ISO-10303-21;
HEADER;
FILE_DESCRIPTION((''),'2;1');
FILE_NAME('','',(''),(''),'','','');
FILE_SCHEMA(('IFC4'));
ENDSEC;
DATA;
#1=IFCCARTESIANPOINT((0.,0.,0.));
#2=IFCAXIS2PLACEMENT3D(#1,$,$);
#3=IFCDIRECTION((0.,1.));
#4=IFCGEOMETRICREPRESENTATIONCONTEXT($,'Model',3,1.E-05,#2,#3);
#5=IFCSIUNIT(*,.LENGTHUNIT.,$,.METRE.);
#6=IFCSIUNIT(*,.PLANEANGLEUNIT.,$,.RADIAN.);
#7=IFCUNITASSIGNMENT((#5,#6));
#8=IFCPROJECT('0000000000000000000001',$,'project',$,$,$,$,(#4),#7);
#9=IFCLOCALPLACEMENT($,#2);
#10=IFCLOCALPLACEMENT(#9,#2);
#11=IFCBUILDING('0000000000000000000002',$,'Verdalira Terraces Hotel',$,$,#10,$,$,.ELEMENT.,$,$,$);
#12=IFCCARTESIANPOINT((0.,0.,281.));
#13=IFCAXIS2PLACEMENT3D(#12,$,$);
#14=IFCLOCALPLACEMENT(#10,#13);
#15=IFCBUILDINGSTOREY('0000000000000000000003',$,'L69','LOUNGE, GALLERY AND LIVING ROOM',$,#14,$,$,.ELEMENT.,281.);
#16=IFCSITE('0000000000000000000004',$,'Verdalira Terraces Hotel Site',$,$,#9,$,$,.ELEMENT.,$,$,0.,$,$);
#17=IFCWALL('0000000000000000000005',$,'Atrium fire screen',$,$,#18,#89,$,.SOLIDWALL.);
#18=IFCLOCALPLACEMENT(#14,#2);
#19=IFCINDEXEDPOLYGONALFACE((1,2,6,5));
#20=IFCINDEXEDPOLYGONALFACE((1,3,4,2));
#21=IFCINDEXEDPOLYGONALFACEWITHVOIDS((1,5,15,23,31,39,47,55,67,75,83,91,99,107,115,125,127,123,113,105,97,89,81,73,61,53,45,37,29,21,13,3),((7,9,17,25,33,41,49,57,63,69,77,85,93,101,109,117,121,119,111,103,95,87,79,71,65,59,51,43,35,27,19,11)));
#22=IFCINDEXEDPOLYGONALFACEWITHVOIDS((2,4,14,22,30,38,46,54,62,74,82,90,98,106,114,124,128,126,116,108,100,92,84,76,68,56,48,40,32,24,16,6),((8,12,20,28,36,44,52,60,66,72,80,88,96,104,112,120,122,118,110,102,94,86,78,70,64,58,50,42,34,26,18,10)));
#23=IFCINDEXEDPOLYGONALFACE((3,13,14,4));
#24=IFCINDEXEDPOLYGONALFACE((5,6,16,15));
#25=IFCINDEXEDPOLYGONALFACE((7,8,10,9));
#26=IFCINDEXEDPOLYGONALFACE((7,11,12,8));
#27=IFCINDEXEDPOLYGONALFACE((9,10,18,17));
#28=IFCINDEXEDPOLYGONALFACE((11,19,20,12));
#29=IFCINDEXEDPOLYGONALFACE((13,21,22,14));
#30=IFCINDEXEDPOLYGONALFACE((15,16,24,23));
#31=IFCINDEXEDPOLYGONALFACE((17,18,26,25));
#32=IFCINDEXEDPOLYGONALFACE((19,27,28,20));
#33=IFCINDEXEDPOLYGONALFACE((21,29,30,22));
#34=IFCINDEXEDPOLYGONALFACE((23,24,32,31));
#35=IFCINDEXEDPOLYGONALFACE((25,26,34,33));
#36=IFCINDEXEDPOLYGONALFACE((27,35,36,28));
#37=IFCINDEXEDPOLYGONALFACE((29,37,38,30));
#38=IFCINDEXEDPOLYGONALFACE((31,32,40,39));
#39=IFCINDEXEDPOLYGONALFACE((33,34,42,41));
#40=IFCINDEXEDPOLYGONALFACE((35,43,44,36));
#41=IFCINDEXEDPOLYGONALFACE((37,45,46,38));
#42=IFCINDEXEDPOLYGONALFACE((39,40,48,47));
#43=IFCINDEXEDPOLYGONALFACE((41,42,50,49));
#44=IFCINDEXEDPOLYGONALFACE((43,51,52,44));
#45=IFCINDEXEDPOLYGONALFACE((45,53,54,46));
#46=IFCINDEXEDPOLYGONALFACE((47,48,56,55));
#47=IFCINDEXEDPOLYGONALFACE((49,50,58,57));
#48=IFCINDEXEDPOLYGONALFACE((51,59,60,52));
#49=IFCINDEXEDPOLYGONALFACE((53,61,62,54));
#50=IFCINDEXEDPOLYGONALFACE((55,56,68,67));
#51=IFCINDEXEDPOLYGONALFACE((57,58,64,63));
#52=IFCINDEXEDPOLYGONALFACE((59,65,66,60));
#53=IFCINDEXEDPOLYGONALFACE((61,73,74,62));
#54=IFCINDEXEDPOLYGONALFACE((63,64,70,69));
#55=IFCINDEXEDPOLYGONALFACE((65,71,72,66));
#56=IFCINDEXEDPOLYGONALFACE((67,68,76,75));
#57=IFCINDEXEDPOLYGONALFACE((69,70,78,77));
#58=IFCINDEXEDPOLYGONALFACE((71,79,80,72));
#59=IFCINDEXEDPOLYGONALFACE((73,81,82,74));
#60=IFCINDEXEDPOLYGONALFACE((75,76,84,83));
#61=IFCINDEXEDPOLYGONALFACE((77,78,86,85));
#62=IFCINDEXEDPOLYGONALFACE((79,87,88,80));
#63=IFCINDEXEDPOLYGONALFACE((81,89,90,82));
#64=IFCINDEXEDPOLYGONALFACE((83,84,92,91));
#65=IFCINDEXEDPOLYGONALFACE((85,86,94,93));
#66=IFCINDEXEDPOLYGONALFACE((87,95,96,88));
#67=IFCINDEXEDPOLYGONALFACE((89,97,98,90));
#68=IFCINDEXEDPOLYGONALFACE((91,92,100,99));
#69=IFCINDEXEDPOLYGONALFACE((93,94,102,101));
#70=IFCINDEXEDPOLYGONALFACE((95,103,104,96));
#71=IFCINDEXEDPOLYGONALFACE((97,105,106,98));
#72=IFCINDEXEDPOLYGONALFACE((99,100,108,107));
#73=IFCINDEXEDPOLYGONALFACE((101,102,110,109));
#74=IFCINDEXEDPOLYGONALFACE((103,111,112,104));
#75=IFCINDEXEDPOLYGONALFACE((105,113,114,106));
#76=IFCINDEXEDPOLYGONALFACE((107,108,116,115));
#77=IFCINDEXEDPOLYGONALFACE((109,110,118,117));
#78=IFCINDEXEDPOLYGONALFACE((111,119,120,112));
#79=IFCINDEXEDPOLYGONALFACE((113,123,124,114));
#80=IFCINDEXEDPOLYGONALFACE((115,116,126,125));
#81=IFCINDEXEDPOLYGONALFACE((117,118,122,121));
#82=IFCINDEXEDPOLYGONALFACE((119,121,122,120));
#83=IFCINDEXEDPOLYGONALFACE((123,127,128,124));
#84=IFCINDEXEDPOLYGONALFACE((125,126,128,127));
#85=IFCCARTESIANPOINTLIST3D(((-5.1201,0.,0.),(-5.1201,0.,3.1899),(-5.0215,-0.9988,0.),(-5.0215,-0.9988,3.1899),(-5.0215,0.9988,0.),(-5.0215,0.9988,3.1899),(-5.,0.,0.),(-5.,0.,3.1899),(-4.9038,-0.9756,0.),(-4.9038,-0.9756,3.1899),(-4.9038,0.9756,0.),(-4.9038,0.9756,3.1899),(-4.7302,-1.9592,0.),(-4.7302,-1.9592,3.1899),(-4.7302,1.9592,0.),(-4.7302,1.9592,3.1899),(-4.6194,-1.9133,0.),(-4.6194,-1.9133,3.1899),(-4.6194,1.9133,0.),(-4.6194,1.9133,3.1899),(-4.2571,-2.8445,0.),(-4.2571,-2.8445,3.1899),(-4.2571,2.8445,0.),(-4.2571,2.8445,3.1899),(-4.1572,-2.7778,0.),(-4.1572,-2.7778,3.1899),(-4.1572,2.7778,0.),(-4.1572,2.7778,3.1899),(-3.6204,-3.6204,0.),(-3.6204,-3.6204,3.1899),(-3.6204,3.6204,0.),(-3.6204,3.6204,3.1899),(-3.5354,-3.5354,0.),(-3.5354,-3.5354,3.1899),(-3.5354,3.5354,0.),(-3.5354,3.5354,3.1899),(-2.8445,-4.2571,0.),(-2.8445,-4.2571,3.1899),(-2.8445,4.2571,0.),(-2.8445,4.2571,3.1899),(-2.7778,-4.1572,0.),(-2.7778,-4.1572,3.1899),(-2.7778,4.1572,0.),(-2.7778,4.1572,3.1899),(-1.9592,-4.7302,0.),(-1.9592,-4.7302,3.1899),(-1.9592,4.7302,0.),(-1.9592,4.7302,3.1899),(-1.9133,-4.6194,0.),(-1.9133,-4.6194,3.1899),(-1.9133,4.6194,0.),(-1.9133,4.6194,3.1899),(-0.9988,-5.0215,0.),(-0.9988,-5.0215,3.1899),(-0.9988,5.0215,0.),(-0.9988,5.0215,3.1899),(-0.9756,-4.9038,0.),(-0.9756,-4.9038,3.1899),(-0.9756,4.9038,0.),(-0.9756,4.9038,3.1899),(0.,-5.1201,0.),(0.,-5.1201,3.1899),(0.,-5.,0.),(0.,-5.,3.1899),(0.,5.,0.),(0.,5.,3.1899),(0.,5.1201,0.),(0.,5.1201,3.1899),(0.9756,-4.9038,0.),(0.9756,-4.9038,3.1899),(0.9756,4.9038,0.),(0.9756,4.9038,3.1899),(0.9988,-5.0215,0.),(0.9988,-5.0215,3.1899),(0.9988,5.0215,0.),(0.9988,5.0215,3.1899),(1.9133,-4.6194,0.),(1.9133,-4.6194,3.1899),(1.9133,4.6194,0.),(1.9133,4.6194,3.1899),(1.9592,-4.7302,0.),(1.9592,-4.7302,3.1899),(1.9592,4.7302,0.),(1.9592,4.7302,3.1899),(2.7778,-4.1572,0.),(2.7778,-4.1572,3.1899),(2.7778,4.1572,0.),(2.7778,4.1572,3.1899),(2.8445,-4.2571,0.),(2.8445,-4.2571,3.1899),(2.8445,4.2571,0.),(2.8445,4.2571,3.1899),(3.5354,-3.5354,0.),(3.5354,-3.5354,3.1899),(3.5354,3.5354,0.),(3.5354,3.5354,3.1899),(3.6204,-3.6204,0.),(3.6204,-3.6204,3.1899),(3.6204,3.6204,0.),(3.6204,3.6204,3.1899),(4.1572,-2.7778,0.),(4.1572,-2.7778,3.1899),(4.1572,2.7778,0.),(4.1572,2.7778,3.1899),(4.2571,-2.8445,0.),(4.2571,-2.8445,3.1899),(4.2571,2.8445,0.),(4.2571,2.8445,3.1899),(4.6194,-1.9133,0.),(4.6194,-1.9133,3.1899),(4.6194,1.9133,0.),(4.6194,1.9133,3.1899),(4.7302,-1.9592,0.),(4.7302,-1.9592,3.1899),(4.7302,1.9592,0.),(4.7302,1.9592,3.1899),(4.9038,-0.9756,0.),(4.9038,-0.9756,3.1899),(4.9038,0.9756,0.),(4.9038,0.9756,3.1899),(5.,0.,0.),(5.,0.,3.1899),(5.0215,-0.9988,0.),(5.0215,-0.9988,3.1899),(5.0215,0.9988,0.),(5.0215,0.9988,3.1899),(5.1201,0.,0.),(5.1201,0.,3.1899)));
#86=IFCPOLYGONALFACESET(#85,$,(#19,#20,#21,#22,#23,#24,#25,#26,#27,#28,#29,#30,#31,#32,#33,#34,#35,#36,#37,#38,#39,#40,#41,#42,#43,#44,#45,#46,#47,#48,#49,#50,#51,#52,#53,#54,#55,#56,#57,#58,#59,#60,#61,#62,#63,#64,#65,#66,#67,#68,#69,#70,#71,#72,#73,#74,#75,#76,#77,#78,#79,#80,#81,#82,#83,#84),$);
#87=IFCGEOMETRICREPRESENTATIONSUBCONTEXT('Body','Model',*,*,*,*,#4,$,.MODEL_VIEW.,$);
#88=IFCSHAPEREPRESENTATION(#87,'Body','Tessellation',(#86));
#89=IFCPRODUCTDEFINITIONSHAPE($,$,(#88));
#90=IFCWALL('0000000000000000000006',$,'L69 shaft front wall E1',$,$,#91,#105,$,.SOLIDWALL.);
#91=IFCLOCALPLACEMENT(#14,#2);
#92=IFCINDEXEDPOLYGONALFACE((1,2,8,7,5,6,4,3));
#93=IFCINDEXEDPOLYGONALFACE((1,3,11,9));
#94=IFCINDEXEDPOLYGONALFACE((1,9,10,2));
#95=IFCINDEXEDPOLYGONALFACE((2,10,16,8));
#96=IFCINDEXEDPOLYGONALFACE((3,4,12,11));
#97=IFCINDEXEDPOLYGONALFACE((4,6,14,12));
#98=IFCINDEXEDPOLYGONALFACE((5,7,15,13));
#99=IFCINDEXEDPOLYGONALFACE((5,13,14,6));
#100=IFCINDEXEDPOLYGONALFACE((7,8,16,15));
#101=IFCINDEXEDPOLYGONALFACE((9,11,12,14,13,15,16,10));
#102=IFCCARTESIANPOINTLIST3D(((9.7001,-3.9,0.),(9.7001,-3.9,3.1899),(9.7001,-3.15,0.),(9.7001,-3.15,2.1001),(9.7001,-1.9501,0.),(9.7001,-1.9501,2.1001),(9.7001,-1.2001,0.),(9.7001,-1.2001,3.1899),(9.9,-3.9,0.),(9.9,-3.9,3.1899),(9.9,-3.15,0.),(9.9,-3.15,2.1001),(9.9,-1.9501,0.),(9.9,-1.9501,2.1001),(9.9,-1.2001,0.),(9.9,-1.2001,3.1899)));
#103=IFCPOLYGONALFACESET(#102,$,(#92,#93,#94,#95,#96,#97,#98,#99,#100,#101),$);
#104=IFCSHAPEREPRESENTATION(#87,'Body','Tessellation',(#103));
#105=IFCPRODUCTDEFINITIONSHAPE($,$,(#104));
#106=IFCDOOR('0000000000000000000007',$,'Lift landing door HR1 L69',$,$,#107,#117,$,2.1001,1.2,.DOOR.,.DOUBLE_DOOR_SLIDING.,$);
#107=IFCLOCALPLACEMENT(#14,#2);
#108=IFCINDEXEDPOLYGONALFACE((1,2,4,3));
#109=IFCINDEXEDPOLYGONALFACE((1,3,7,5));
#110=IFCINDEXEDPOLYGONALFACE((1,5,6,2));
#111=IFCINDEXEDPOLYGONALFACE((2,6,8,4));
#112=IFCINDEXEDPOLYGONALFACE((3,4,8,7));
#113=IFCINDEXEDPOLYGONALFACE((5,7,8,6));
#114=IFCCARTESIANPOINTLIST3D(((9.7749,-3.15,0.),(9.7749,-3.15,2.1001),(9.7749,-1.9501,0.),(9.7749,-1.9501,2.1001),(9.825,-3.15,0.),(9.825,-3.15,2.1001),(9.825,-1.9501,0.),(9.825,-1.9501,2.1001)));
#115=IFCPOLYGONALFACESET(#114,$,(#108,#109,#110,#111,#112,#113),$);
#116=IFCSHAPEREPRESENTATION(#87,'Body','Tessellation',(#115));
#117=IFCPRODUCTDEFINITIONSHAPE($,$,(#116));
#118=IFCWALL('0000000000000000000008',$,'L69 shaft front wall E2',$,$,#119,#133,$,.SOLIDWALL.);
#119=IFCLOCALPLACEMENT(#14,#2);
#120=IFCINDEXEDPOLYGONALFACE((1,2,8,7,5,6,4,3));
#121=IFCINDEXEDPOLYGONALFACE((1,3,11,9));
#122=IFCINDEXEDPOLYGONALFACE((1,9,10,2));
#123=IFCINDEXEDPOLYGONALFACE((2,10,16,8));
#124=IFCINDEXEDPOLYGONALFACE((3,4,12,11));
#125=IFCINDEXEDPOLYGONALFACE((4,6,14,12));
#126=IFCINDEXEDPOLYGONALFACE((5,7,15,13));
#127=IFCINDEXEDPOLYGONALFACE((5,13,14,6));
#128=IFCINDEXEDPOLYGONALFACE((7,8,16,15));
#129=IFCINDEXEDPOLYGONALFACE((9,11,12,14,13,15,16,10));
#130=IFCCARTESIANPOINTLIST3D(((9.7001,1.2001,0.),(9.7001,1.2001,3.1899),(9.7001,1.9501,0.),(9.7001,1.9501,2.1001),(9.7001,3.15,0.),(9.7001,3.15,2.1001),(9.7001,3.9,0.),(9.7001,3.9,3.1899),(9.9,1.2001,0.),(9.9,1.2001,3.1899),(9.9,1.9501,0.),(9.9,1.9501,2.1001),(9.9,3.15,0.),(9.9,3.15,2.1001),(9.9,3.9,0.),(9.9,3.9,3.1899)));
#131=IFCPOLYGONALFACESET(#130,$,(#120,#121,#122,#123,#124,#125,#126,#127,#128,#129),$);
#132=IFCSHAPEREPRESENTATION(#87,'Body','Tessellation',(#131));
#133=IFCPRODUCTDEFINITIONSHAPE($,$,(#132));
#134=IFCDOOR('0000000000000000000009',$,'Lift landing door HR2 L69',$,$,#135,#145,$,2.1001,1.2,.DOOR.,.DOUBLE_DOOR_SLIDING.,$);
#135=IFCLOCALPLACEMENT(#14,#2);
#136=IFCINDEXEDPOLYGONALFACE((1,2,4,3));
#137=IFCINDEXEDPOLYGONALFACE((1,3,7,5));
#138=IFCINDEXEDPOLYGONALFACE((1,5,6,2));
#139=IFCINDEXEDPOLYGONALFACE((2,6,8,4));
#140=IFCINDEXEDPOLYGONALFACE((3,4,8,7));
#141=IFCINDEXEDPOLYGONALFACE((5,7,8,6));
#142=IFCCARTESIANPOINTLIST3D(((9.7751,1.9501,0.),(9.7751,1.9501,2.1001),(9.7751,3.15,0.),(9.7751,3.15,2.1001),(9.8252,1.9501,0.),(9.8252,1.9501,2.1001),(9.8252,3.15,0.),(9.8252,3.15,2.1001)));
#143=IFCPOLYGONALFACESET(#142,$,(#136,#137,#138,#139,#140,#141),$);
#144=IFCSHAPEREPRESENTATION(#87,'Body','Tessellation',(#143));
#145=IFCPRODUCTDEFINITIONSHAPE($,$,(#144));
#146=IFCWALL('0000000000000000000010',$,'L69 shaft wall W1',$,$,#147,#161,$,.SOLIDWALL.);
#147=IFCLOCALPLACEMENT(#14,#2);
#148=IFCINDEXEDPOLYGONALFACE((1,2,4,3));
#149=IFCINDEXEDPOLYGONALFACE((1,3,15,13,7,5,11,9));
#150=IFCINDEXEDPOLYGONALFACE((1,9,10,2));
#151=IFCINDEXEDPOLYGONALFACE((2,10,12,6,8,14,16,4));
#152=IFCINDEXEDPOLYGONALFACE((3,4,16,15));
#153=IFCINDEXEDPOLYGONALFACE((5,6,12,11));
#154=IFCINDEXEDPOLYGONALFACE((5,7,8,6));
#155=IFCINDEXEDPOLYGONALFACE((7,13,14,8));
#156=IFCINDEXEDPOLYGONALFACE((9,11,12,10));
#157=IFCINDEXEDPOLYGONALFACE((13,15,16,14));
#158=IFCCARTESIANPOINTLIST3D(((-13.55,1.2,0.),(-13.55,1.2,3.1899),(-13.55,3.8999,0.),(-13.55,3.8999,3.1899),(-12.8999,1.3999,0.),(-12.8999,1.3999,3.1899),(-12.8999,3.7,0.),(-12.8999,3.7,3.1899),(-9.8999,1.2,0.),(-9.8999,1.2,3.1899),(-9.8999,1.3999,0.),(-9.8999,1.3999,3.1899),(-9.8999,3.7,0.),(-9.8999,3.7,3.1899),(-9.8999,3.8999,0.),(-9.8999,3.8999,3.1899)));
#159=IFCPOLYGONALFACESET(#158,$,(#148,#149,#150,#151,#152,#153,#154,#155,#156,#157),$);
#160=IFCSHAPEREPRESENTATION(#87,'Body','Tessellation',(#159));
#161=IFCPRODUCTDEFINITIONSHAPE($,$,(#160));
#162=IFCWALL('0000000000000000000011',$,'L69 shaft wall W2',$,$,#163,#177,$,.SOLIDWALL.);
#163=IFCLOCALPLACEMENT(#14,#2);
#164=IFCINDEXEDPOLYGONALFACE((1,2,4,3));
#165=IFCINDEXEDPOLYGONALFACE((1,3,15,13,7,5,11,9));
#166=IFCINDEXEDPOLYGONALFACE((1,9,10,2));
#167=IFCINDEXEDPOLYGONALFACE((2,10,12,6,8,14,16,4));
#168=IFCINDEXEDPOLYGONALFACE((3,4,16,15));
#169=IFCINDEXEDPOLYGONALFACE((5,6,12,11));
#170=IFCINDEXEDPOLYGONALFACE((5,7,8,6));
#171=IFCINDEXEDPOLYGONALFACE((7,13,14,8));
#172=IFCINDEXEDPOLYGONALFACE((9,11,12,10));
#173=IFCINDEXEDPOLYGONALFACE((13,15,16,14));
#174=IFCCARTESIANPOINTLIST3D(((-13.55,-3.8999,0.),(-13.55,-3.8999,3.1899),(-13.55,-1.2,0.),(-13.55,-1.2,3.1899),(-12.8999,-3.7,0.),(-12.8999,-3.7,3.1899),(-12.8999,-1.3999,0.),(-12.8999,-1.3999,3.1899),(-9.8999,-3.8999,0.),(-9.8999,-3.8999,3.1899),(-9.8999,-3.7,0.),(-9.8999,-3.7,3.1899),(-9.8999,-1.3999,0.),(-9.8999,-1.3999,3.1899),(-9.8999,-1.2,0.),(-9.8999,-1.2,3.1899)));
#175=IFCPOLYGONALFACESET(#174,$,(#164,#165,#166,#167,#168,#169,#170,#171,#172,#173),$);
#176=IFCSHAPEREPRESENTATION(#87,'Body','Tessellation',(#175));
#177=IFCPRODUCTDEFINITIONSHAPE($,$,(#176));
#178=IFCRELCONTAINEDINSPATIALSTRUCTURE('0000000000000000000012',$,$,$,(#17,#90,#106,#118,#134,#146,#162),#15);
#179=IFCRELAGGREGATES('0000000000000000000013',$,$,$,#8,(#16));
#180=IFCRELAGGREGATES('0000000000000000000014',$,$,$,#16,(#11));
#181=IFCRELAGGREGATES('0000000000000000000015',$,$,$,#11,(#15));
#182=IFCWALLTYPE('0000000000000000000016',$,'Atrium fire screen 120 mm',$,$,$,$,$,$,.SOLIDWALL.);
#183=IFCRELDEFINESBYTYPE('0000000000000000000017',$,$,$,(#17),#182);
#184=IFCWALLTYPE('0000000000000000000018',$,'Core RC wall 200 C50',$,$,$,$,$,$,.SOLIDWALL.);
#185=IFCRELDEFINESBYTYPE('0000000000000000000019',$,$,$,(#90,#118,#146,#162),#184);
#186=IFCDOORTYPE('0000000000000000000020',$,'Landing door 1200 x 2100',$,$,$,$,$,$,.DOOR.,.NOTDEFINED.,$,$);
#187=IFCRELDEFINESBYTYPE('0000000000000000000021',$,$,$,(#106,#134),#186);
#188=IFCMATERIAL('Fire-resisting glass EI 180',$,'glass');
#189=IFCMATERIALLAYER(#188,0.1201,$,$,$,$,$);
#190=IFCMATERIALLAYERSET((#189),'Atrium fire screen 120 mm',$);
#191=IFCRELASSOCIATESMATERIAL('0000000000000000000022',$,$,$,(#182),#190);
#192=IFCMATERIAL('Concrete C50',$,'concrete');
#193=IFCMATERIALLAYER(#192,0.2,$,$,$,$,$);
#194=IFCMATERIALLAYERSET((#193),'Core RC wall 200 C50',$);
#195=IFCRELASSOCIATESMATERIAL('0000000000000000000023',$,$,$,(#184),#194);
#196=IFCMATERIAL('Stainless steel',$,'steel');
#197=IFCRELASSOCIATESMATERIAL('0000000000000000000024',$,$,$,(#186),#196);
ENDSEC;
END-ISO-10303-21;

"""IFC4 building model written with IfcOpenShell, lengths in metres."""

from ifc_helpers import new_model, si_unit, direction, frame, frame_2d, origin, place, context, subcontext, project, spatial, polyline, rectangle, outline, extrude, material, layer, layer_set, type_object, element, fill, save


model = new_model("IFC4")

# Units and contexts
model_context = context("Model", 3, precision=1e-05, world=origin(), true_north=direction((0.0, 1.0)))
body_context = subcontext(model_context, "Body", "Model", "MODEL_VIEW")
ifc_project = project(units=[si_unit("LENGTHUNIT", "METRE"), si_unit("PLANEANGLEUNIT", "RADIAN")], contexts=[model_context])

# Site, building, storey
site_placement = place(None, origin())
site = spatial("IfcSite", under=ifc_project, at=site_placement, Name="Verdalira Terraces Hotel Site", CompositionType="ELEMENT", RefElevation=0.0)
building_placement = place(site_placement, origin())
building = spatial("IfcBuilding", under=site, at=building_placement, Name="Verdalira Terraces Hotel", CompositionType="ELEMENT")
storey_placement = place(building_placement, frame((0.0, 0.0, 281.0)))
storey = spatial("IfcBuildingStorey", under=building, at=storey_placement, Name="L69", Description="LOUNGE, GALLERY AND LIVING ROOM", CompositionType="ELEMENT", Elevation=281.0)

# Wall
ifc_material_1 = material(Name="Fire-resisting glass EI 180", Category="glass")
ifc_layer_1 = layer(ifc_material_1, 0.1201)
ifc_layer_set_1 = layer_set([ifc_layer_1], Name="Atrium fire screen 120 mm")
wall_type_1 = type_object("IfcWallType", Name="Atrium fire screen 120 mm", PredefinedType="SOLIDWALL", material=ifc_layer_set_1)
wall_1_placement = place(storey_placement, origin())
element("IfcWall", 1, at=wall_1_placement, inside=storey, type_object=wall_type_1, Name="Atrium fire screen", PredefinedType="SOLIDWALL", context=body_context, shape_type="SweptSolid", body=[
    extrude(outline(polyline([(5.0215, -0.9988), (4.7302, -1.9592), (4.2571, -2.8445), (3.6204, -3.6204), (2.8445, -4.2571), (1.9592, -4.7302), (0.9988, -5.0215), (0.0, -5.1201), (-0.9988, -5.0215), (-1.9592, -4.7302), (-2.8445, -4.2571), (-3.6204, -3.6204), (-4.2571, -2.8445), (-4.7302, -1.9592), (-5.0215, -0.9988), (-5.1201, 0.0), (-5.0215, 0.9988), (-4.7302, 1.9592), (-4.2571, 2.8445), (-3.6204, 3.6204), (-2.8445, 4.2571), (-1.9592, 4.7302), (-0.9988, 5.0215), (0.0, 5.1201), (0.9988, 5.0215), (1.9592, 4.7302), (2.8445, 4.2571), (3.6204, 3.6204), (4.2571, 2.8445), (4.7302, 1.9592), (5.0215, 0.9988), (5.1201, 0.0), (5.0215, -0.9988)]), holes=[polyline([(4.9038, 0.9756), (4.6194, 1.9133), (4.1572, 2.7778), (3.5354, 3.5354), (2.7778, 4.1572), (1.9133, 4.6194), (0.9756, 4.9038), (0.0, 5.0), (-0.9756, 4.9038), (-1.9133, 4.6194), (-2.7778, 4.1572), (-3.5354, 3.5354), (-4.1572, 2.7778), (-4.6194, 1.9133), (-4.9038, 0.9756), (-5.0, 0.0), (-4.9038, -0.9756), (-4.6194, -1.9133), (-4.1572, -2.7778), (-3.5354, -3.5354), (-2.7778, -4.1572), (-1.9133, -4.6194), (-0.9756, -4.9038), (0.0, -5.0), (0.9756, -4.9038), (1.9133, -4.6194), (2.7778, -4.1572), (3.5354, -3.5354), (4.1572, -2.7778), (4.6194, -1.9133), (4.9038, -0.9756), (5.0, 0.0), (4.9038, 0.9756)])]), origin(), (0.0, 0.0, 1.0), 3.1899),
])

# Walls, openings, doors
ifc_material_2 = material(Name="Concrete C50", Category="concrete")
ifc_layer_2 = layer(ifc_material_2, 0.2)
ifc_layer_set_2 = layer_set([ifc_layer_2], Name="Core RC wall 200 C50")
wall_type_2 = type_object("IfcWallType", Name="Core RC wall 200 C50", PredefinedType="SOLIDWALL", material=ifc_layer_set_2)
wall_2_placement = place(storey_placement, frame((9.8, -1.2, 0.0), z_axis=(0.0, 0.0, 1.0), x_axis=(0.0, -1.0, 0.0)))
wall_2 = element("IfcWall", 2, at=wall_2_placement, inside=storey, type_object=wall_type_2, Name="L69 shaft front wall E1", PredefinedType="SOLIDWALL", context=body_context, shape_type="SweptSolid", body=[
    extrude(rectangle(XDim=2.7, YDim=0.2, at=frame_2d((1.3501, 0.0))), origin(), (0.0, 0.0, 1.0), 3.1899),
])
opening_1_placement = place(wall_2_placement, frame((0.75, 0.0, 0.0)))
opening_1 = element("IfcOpeningElement", 3, at=opening_1_placement, cuts=wall_2, PredefinedType="OPENING", context=body_context, shape_type="SweptSolid", body=[
    extrude(rectangle(XDim=1.2, YDim=2.1001, at=frame_2d((0.6001, 1.05))), frame((0.0, 0.1099, 0.0), z_axis=(0.0, -1.0, 0.0), x_axis=(1.0, 0.0, 0.0)), (0.0, 0.0, 1.0), 0.22),
])
ifc_material_3 = material(Name="Stainless steel", Category="steel")
door_type_1 = type_object("IfcDoorType", Name="Landing door 1200 x 2100", OperationType="NOTDEFINED", PredefinedType="DOOR", material=ifc_material_3)
door_1_placement = place(opening_1_placement, origin())
door_1 = element("IfcDoor", 4, at=door_1_placement, inside=storey, type_object=door_type_1, Name="Lift landing door HR1 L69", OperationType="DOUBLE_DOOR_SLIDING", OverallHeight=2.1001, OverallWidth=1.2, PredefinedType="DOOR", context=body_context, shape_type="SweptSolid", body=[
    extrude(rectangle(XDim=1.2, YDim=2.1001, at=frame_2d((0.6001, 1.05))), frame((0.0, 0.0249, 0.0), z_axis=(0.0, -1.0, 0.0), x_axis=(1.0, 0.0, 0.0)), (0.0, 0.0, 1.0), 0.05),
])
fill(opening_1, door_1)
wall_3_placement = place(storey_placement, frame((9.8, 1.2, 0.0), z_axis=(0.0, 0.0, 1.0), x_axis=(0.0, 1.0, 0.0)))
wall_3 = element("IfcWall", 5, at=wall_3_placement, inside=storey, type_object=wall_type_2, Name="L69 shaft front wall E2", PredefinedType="SOLIDWALL", context=body_context, shape_type="SweptSolid", body=[
    extrude(rectangle(XDim=2.7, YDim=0.2, at=frame_2d((1.3501, 0.0))), origin(), (0.0, 0.0, 1.0), 3.1899),
])
opening_2_placement = place(wall_3_placement, frame((0.75, 0.0, 0.0)))
opening_2 = element("IfcOpeningElement", 6, at=opening_2_placement, cuts=wall_3, PredefinedType="OPENING", context=body_context, shape_type="SweptSolid", body=[
    extrude(rectangle(XDim=1.2, YDim=2.1001, at=frame_2d((0.6001, 1.05))), frame((0.0, 0.1099, 0.0), z_axis=(0.0, -1.0, 0.0), x_axis=(1.0, 0.0, 0.0)), (0.0, 0.0, 1.0), 0.22),
])
door_2_placement = place(opening_2_placement, origin())
door_2 = element("IfcDoor", 7, at=door_2_placement, inside=storey, type_object=door_type_1, Name="Lift landing door HR2 L69", OperationType="DOUBLE_DOOR_SLIDING", OverallHeight=2.1001, OverallWidth=1.2, PredefinedType="DOOR", context=body_context, shape_type="SweptSolid", body=[
    extrude(rectangle(XDim=1.2, YDim=2.1001, at=frame_2d((0.6001, 1.05))), frame((0.0, 0.0249, 0.0), z_axis=(0.0, -1.0, 0.0), x_axis=(1.0, 0.0, 0.0)), (0.0, 0.0, 1.0), 0.05),
])
fill(opening_2, door_2)

# Walls
wall_4_placement = place(storey_placement, origin())
element("IfcWall", 8, at=wall_4_placement, inside=storey, type_object=wall_type_2, Name="L69 shaft wall W1", PredefinedType="SOLIDWALL", context=body_context, shape_type="SweptSolid", body=[
    extrude(outline(polyline([(-13.55, 3.8999), (-9.8999, 3.8999), (-9.8999, 3.7), (-12.8999, 3.7), (-12.8999, 1.3999), (-9.8999, 1.3999), (-9.8999, 1.2), (-13.55, 1.2), (-13.55, 3.8999)])), origin(), (0.0, 0.0, 1.0), 3.1899),
])
wall_5_placement = place(storey_placement, origin())
element("IfcWall", 9, at=wall_5_placement, inside=storey, type_object=wall_type_2, Name="L69 shaft wall W2", PredefinedType="SOLIDWALL", context=body_context, shape_type="SweptSolid", body=[
    extrude(outline(polyline([(-13.55, -3.8999), (-13.55, -1.2), (-9.8999, -1.2), (-9.8999, -1.3999), (-12.8999, -1.3999), (-12.8999, -3.7), (-9.8999, -3.7), (-9.8999, -3.8999), (-13.55, -3.8999)])), origin(), (0.0, 0.0, 1.0), 3.1899),
])

save(model, "model.ifc")
